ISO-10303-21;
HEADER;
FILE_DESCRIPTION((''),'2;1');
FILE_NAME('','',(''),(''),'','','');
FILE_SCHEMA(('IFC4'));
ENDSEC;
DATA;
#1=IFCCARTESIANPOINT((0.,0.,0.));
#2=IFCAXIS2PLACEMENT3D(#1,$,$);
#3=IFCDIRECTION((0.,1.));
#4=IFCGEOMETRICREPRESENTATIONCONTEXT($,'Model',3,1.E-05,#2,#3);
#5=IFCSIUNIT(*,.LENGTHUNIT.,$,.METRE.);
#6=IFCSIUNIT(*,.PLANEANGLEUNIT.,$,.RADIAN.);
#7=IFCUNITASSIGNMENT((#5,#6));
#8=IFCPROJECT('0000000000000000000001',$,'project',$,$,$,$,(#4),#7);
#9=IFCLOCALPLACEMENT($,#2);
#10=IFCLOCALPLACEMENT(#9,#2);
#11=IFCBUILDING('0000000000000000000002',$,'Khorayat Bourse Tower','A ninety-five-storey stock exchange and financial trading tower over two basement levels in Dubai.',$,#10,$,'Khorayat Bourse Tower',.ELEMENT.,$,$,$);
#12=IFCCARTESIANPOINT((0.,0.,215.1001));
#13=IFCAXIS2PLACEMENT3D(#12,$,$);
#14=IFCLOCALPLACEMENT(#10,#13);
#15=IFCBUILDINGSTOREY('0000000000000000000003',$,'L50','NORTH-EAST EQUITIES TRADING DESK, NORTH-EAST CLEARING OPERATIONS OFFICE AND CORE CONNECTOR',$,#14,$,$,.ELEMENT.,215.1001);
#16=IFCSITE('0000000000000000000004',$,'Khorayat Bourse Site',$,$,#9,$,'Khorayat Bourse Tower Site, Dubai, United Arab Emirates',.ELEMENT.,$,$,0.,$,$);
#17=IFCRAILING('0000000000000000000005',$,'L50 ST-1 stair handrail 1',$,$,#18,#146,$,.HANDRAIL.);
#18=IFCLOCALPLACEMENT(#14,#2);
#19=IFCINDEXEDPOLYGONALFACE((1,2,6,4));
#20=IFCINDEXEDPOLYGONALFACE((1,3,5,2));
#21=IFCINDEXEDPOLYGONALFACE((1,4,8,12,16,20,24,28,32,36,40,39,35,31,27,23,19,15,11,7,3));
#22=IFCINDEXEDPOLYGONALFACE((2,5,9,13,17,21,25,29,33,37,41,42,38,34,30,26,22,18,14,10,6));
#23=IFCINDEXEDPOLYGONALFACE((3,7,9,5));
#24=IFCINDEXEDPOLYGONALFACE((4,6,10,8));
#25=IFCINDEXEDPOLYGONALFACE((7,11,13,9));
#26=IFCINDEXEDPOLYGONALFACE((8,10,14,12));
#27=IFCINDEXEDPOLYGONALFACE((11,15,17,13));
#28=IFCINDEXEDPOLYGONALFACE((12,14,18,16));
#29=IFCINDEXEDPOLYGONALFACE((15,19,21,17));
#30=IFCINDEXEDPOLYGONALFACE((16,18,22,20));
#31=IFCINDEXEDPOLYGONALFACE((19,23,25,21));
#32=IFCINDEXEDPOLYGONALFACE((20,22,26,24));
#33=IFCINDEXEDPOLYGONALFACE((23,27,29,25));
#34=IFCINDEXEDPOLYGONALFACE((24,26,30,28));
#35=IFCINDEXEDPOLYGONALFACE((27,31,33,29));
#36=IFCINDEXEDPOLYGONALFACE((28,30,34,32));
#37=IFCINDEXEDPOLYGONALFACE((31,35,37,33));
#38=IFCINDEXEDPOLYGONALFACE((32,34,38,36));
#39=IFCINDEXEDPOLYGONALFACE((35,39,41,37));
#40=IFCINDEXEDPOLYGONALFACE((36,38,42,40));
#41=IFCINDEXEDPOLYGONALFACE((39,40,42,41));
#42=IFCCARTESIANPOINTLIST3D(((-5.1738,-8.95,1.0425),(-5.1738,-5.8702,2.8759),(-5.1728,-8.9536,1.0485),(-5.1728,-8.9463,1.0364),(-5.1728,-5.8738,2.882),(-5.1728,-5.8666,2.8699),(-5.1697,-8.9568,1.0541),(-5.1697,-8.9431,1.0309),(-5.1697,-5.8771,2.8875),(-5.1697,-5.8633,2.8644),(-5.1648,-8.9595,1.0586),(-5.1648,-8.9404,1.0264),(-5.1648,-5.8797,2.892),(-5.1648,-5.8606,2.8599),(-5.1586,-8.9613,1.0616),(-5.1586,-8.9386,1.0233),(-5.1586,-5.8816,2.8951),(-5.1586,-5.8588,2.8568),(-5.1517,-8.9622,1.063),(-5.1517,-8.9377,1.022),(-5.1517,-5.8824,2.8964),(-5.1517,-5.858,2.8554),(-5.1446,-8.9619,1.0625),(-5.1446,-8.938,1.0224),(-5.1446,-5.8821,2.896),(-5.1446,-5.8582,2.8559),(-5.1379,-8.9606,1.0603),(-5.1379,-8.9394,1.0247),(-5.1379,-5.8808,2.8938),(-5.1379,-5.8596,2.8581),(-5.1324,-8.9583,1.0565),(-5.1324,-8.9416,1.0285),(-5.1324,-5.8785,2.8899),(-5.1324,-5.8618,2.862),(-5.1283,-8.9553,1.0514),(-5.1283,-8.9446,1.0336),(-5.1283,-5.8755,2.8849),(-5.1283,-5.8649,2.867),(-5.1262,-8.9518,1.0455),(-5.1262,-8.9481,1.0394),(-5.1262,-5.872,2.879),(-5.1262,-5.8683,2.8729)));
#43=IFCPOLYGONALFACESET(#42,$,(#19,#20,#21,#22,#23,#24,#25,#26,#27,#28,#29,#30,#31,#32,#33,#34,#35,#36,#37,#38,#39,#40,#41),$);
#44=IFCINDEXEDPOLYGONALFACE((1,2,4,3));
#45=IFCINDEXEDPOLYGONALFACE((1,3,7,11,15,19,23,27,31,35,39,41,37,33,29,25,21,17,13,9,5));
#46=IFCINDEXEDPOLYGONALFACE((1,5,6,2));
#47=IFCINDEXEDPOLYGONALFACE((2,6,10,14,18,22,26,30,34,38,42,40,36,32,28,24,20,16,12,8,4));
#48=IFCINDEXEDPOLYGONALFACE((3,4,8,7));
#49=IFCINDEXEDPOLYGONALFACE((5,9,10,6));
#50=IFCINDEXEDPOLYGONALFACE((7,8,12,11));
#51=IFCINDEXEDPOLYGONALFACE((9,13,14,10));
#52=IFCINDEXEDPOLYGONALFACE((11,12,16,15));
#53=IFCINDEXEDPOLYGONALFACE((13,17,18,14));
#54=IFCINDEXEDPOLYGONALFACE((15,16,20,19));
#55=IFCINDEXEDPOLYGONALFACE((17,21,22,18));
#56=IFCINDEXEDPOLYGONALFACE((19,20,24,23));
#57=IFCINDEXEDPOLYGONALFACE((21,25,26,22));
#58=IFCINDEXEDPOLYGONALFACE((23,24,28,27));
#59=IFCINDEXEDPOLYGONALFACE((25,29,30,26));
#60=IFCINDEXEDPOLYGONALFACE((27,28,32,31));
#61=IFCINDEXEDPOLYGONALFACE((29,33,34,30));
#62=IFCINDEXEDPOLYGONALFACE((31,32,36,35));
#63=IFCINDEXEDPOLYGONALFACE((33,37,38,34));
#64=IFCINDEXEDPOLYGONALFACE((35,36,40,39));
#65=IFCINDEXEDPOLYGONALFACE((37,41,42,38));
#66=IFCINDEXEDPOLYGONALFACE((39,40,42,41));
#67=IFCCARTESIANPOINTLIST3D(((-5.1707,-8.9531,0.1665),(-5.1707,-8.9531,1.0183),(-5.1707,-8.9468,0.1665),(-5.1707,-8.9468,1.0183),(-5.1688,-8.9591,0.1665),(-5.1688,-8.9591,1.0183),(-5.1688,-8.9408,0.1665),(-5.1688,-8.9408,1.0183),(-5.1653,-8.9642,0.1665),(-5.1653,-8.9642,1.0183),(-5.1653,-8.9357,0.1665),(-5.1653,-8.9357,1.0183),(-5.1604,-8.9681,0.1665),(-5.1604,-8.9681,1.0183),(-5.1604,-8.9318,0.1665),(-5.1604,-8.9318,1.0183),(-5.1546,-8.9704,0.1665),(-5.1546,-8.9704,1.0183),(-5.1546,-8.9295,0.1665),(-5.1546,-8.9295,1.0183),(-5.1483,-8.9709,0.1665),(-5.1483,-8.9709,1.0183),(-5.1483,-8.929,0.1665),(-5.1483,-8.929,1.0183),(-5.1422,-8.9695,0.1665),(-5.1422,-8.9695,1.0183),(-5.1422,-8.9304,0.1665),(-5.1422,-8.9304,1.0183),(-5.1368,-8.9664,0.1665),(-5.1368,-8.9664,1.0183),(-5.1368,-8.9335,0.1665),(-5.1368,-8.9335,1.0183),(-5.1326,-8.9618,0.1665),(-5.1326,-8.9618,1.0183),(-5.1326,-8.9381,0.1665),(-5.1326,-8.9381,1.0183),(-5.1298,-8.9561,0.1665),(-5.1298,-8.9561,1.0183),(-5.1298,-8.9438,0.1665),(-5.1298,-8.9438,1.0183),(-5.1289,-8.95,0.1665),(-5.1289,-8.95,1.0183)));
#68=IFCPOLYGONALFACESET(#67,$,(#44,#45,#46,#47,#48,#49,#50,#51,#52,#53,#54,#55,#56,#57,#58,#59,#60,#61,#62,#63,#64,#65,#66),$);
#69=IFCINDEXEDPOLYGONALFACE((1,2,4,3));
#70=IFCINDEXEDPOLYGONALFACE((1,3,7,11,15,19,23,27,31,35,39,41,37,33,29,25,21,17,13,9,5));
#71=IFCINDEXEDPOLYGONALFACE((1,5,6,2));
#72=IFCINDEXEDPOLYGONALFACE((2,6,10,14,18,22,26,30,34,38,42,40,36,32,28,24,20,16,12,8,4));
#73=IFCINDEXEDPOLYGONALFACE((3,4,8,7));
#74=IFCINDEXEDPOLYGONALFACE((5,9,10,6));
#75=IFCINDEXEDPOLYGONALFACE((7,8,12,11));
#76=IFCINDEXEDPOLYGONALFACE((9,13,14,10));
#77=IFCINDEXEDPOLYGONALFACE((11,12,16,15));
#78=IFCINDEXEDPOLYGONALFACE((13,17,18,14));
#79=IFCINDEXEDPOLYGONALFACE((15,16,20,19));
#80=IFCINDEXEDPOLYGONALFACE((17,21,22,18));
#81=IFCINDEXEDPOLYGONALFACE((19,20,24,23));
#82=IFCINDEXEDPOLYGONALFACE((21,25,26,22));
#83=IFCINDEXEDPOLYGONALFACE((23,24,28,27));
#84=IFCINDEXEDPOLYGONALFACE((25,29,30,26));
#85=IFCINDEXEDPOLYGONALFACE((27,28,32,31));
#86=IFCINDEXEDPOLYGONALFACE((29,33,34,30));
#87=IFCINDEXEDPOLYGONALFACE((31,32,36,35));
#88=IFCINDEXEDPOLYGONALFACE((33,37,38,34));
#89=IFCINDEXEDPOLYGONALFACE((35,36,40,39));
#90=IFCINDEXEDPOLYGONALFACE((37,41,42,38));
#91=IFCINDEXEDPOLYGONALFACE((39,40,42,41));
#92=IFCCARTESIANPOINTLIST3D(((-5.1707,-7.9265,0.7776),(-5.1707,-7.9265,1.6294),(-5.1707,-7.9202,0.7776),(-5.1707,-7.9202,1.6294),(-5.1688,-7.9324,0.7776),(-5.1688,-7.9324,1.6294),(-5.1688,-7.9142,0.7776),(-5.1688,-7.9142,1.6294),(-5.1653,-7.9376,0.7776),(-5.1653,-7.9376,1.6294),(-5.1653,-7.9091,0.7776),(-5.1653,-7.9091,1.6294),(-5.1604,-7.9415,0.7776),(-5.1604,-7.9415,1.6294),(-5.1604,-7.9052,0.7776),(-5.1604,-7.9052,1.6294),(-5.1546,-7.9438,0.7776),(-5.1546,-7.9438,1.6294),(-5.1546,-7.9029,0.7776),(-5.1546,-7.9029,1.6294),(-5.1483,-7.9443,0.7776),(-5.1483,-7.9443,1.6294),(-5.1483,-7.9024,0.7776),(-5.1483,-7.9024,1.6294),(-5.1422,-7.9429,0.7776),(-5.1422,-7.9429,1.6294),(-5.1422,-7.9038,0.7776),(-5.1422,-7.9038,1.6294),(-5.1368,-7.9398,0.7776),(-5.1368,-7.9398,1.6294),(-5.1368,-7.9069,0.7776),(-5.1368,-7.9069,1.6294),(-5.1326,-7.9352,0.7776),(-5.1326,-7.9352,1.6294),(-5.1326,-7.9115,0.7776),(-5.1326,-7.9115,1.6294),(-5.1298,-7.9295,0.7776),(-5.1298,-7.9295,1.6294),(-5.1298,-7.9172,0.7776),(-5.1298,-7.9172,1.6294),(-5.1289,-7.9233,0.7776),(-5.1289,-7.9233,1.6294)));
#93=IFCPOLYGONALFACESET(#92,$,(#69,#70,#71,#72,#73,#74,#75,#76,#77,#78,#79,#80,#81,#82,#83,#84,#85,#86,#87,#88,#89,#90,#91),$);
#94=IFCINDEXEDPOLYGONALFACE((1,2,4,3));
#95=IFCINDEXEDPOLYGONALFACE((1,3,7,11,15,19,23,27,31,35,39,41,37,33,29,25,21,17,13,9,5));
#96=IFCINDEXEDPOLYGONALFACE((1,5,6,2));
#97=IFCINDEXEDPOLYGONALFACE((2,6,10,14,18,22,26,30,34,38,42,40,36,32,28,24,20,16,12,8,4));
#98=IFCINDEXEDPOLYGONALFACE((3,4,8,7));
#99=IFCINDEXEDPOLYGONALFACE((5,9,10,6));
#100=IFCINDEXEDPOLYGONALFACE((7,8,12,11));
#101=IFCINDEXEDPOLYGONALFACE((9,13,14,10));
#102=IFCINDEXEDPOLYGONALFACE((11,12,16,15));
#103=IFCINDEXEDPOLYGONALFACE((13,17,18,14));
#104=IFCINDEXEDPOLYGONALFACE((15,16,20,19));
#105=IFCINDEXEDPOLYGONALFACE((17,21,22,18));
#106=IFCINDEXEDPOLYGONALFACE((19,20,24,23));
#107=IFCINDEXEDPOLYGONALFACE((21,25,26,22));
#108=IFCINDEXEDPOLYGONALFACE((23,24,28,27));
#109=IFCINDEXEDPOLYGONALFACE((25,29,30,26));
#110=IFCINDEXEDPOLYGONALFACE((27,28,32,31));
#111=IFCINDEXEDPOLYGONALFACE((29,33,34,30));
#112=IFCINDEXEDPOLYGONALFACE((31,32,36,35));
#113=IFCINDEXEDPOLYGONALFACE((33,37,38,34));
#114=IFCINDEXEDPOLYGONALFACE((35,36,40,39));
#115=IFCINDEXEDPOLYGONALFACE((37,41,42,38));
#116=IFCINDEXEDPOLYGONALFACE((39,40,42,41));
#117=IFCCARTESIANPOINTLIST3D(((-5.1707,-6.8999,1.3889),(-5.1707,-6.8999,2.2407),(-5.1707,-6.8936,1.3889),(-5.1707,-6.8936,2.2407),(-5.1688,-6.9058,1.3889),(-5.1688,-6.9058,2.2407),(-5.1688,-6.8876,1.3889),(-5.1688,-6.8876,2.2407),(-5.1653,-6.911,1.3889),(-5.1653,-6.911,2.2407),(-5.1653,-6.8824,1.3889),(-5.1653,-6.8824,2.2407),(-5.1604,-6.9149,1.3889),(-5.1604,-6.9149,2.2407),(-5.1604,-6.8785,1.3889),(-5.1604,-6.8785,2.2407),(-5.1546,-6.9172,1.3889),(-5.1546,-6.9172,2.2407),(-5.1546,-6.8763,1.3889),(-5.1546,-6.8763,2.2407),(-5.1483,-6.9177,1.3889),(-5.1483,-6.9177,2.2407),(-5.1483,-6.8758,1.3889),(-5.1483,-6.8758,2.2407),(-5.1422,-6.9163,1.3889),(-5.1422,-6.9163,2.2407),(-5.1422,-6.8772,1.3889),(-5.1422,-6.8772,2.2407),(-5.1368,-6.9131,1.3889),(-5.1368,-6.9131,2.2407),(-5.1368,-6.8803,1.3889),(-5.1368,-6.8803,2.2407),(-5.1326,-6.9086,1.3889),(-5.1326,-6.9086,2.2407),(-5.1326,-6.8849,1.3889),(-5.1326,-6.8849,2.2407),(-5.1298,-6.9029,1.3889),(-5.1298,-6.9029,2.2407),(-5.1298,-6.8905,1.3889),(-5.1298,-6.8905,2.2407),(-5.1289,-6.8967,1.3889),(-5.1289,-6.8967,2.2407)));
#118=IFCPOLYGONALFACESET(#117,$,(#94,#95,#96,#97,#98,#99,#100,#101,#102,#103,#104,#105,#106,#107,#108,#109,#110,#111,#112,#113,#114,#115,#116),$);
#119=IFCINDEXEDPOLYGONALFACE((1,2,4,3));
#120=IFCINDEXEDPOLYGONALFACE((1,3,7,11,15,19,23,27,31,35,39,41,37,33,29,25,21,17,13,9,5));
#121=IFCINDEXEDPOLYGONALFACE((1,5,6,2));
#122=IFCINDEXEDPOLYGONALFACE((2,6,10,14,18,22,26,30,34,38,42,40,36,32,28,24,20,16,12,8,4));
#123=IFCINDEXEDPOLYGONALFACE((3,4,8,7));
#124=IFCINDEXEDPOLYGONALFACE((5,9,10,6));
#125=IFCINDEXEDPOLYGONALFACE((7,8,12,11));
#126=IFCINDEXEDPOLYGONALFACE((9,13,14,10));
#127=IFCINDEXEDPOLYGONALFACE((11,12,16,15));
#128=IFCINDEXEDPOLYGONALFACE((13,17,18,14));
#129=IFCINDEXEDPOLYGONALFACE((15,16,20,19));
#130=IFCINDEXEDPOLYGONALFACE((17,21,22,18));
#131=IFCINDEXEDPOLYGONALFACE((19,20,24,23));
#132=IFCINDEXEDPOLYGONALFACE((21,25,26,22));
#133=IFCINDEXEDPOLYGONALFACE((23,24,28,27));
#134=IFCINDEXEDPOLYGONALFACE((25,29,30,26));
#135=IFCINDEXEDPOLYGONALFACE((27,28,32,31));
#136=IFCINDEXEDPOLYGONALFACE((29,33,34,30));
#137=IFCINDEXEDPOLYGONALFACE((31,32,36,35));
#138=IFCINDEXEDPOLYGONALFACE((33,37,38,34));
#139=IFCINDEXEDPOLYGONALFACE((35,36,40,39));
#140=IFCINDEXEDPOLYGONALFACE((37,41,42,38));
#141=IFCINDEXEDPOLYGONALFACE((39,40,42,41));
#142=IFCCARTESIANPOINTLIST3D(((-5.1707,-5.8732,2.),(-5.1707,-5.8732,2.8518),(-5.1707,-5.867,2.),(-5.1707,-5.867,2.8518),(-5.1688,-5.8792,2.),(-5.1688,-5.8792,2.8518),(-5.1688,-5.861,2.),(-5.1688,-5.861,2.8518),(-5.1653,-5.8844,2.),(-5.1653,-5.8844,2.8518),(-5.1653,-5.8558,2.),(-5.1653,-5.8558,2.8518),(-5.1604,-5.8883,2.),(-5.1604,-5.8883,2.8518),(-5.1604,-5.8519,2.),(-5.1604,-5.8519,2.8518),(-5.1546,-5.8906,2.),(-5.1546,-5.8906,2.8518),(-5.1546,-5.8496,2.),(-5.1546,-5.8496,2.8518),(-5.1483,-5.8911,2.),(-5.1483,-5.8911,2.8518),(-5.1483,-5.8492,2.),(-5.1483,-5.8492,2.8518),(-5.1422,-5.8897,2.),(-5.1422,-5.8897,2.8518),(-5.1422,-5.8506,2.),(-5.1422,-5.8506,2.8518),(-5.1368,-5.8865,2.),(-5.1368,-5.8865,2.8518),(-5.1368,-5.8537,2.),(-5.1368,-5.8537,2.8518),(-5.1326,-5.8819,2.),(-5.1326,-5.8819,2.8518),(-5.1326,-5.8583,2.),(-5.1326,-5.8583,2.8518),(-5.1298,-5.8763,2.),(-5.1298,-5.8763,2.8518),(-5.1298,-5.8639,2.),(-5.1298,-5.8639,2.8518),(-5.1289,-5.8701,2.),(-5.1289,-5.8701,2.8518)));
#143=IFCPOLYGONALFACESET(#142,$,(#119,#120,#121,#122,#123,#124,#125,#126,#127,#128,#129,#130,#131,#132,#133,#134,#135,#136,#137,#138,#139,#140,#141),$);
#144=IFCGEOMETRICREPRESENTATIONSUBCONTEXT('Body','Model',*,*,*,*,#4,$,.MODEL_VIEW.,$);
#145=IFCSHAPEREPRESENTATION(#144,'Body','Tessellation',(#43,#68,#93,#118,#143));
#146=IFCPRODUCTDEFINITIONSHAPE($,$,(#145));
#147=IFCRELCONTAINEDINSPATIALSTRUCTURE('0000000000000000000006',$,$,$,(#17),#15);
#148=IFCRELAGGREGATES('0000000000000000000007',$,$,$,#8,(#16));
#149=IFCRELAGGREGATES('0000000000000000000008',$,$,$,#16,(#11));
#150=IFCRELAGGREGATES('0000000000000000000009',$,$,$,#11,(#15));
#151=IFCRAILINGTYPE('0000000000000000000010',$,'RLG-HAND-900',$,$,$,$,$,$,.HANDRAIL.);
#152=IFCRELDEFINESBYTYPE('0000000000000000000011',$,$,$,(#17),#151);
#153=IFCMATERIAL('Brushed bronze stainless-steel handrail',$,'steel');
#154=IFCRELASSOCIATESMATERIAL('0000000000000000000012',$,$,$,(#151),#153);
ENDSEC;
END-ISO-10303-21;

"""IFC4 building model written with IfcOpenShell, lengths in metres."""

from ifc_helpers import new_model, si_unit, direction, frame, origin, origin_2d, place, context, subcontext, project, spatial, circle, extrude, source, transform, mapped, material, type_object, element, save


model = new_model("IFC4")

# Units and contexts
model_context = context("Model", 3, precision=1e-05, world=origin(), true_north=direction((0.0, 1.0)))
body_context = subcontext(model_context, "Body", "Model", "MODEL_VIEW")
ifc_project = project(units=[si_unit("LENGTHUNIT", "METRE"), si_unit("PLANEANGLEUNIT", "RADIAN")], contexts=[model_context])

# Site, building, storey
site_placement = place(None, origin())
site = spatial("IfcSite", under=ifc_project, at=site_placement, Name="Khorayat Bourse Site", LongName="Khorayat Bourse Tower Site, Dubai, United Arab Emirates", CompositionType="ELEMENT", RefElevation=0.0)
building_placement = place(site_placement, origin())
building = spatial("IfcBuilding", under=site, at=building_placement, Name="Khorayat Bourse Tower", Description="A ninety-five-storey stock exchange and financial trading tower over two basement levels in Dubai.", LongName="Khorayat Bourse Tower", CompositionType="ELEMENT")
storey_placement = place(building_placement, frame((0.0, 0.0, 215.1001)))
storey = spatial("IfcBuildingStorey", under=building, at=storey_placement, Name="L50", Description="NORTH-EAST EQUITIES TRADING DESK, NORTH-EAST CLEARING OPERATIONS OFFICE AND CORE CONNECTOR", CompositionType="ELEMENT", Elevation=215.1001)

# Railing
ifc_material_1 = material(Name="Brushed bronze stainless-steel handrail", Category="steel")
railing_type_1 = type_object("IfcRailingType", Name="RLG-HAND-900", PredefinedType="HANDRAIL", material=ifc_material_1)
shared_shape_1 = source(origin(), body_context, "Body", "SweptSolid", [
    extrude(circle(Radius=0.0239, at=origin_2d()), frame((0.0, 0.0, 0.876), z_axis=(0.0, 0.859261, 0.511538), x_axis=(-1.0, 0.0, 0.0)), (0.0, 0.0, 1.0), 3.5842),
    extrude(circle(Radius=0.021, at=origin_2d()), origin(), (0.0, 0.0, 1.0), 0.8518),
    extrude(circle(Radius=0.021, at=origin_2d()), frame((0.0, 1.0266, 0.6111)), (0.0, 0.0, 1.0), 0.8518),
    extrude(circle(Radius=0.021, at=origin_2d()), frame((0.0, 2.0532, 1.2224)), (0.0, 0.0, 1.0), 0.8518),
    extrude(circle(Radius=0.021, at=origin_2d()), frame((0.0, 3.0798, 1.8335)), (0.0, 0.0, 1.0), 0.8518),
])
railing_1_placement = place(storey_placement, frame((-5.1499, -8.95, 0.1665)))
element("IfcRailing", 1, at=railing_1_placement, inside=storey, type_object=railing_type_1, Name="L50 ST-1 stair handrail 1", PredefinedType="HANDRAIL", context=body_context, shape_type="MappedRepresentation", body=[
    mapped(shared_shape_1, transform((0.0, 0.0, 0.0), scale=1.0)),
])

save(model, "model.ifc")
